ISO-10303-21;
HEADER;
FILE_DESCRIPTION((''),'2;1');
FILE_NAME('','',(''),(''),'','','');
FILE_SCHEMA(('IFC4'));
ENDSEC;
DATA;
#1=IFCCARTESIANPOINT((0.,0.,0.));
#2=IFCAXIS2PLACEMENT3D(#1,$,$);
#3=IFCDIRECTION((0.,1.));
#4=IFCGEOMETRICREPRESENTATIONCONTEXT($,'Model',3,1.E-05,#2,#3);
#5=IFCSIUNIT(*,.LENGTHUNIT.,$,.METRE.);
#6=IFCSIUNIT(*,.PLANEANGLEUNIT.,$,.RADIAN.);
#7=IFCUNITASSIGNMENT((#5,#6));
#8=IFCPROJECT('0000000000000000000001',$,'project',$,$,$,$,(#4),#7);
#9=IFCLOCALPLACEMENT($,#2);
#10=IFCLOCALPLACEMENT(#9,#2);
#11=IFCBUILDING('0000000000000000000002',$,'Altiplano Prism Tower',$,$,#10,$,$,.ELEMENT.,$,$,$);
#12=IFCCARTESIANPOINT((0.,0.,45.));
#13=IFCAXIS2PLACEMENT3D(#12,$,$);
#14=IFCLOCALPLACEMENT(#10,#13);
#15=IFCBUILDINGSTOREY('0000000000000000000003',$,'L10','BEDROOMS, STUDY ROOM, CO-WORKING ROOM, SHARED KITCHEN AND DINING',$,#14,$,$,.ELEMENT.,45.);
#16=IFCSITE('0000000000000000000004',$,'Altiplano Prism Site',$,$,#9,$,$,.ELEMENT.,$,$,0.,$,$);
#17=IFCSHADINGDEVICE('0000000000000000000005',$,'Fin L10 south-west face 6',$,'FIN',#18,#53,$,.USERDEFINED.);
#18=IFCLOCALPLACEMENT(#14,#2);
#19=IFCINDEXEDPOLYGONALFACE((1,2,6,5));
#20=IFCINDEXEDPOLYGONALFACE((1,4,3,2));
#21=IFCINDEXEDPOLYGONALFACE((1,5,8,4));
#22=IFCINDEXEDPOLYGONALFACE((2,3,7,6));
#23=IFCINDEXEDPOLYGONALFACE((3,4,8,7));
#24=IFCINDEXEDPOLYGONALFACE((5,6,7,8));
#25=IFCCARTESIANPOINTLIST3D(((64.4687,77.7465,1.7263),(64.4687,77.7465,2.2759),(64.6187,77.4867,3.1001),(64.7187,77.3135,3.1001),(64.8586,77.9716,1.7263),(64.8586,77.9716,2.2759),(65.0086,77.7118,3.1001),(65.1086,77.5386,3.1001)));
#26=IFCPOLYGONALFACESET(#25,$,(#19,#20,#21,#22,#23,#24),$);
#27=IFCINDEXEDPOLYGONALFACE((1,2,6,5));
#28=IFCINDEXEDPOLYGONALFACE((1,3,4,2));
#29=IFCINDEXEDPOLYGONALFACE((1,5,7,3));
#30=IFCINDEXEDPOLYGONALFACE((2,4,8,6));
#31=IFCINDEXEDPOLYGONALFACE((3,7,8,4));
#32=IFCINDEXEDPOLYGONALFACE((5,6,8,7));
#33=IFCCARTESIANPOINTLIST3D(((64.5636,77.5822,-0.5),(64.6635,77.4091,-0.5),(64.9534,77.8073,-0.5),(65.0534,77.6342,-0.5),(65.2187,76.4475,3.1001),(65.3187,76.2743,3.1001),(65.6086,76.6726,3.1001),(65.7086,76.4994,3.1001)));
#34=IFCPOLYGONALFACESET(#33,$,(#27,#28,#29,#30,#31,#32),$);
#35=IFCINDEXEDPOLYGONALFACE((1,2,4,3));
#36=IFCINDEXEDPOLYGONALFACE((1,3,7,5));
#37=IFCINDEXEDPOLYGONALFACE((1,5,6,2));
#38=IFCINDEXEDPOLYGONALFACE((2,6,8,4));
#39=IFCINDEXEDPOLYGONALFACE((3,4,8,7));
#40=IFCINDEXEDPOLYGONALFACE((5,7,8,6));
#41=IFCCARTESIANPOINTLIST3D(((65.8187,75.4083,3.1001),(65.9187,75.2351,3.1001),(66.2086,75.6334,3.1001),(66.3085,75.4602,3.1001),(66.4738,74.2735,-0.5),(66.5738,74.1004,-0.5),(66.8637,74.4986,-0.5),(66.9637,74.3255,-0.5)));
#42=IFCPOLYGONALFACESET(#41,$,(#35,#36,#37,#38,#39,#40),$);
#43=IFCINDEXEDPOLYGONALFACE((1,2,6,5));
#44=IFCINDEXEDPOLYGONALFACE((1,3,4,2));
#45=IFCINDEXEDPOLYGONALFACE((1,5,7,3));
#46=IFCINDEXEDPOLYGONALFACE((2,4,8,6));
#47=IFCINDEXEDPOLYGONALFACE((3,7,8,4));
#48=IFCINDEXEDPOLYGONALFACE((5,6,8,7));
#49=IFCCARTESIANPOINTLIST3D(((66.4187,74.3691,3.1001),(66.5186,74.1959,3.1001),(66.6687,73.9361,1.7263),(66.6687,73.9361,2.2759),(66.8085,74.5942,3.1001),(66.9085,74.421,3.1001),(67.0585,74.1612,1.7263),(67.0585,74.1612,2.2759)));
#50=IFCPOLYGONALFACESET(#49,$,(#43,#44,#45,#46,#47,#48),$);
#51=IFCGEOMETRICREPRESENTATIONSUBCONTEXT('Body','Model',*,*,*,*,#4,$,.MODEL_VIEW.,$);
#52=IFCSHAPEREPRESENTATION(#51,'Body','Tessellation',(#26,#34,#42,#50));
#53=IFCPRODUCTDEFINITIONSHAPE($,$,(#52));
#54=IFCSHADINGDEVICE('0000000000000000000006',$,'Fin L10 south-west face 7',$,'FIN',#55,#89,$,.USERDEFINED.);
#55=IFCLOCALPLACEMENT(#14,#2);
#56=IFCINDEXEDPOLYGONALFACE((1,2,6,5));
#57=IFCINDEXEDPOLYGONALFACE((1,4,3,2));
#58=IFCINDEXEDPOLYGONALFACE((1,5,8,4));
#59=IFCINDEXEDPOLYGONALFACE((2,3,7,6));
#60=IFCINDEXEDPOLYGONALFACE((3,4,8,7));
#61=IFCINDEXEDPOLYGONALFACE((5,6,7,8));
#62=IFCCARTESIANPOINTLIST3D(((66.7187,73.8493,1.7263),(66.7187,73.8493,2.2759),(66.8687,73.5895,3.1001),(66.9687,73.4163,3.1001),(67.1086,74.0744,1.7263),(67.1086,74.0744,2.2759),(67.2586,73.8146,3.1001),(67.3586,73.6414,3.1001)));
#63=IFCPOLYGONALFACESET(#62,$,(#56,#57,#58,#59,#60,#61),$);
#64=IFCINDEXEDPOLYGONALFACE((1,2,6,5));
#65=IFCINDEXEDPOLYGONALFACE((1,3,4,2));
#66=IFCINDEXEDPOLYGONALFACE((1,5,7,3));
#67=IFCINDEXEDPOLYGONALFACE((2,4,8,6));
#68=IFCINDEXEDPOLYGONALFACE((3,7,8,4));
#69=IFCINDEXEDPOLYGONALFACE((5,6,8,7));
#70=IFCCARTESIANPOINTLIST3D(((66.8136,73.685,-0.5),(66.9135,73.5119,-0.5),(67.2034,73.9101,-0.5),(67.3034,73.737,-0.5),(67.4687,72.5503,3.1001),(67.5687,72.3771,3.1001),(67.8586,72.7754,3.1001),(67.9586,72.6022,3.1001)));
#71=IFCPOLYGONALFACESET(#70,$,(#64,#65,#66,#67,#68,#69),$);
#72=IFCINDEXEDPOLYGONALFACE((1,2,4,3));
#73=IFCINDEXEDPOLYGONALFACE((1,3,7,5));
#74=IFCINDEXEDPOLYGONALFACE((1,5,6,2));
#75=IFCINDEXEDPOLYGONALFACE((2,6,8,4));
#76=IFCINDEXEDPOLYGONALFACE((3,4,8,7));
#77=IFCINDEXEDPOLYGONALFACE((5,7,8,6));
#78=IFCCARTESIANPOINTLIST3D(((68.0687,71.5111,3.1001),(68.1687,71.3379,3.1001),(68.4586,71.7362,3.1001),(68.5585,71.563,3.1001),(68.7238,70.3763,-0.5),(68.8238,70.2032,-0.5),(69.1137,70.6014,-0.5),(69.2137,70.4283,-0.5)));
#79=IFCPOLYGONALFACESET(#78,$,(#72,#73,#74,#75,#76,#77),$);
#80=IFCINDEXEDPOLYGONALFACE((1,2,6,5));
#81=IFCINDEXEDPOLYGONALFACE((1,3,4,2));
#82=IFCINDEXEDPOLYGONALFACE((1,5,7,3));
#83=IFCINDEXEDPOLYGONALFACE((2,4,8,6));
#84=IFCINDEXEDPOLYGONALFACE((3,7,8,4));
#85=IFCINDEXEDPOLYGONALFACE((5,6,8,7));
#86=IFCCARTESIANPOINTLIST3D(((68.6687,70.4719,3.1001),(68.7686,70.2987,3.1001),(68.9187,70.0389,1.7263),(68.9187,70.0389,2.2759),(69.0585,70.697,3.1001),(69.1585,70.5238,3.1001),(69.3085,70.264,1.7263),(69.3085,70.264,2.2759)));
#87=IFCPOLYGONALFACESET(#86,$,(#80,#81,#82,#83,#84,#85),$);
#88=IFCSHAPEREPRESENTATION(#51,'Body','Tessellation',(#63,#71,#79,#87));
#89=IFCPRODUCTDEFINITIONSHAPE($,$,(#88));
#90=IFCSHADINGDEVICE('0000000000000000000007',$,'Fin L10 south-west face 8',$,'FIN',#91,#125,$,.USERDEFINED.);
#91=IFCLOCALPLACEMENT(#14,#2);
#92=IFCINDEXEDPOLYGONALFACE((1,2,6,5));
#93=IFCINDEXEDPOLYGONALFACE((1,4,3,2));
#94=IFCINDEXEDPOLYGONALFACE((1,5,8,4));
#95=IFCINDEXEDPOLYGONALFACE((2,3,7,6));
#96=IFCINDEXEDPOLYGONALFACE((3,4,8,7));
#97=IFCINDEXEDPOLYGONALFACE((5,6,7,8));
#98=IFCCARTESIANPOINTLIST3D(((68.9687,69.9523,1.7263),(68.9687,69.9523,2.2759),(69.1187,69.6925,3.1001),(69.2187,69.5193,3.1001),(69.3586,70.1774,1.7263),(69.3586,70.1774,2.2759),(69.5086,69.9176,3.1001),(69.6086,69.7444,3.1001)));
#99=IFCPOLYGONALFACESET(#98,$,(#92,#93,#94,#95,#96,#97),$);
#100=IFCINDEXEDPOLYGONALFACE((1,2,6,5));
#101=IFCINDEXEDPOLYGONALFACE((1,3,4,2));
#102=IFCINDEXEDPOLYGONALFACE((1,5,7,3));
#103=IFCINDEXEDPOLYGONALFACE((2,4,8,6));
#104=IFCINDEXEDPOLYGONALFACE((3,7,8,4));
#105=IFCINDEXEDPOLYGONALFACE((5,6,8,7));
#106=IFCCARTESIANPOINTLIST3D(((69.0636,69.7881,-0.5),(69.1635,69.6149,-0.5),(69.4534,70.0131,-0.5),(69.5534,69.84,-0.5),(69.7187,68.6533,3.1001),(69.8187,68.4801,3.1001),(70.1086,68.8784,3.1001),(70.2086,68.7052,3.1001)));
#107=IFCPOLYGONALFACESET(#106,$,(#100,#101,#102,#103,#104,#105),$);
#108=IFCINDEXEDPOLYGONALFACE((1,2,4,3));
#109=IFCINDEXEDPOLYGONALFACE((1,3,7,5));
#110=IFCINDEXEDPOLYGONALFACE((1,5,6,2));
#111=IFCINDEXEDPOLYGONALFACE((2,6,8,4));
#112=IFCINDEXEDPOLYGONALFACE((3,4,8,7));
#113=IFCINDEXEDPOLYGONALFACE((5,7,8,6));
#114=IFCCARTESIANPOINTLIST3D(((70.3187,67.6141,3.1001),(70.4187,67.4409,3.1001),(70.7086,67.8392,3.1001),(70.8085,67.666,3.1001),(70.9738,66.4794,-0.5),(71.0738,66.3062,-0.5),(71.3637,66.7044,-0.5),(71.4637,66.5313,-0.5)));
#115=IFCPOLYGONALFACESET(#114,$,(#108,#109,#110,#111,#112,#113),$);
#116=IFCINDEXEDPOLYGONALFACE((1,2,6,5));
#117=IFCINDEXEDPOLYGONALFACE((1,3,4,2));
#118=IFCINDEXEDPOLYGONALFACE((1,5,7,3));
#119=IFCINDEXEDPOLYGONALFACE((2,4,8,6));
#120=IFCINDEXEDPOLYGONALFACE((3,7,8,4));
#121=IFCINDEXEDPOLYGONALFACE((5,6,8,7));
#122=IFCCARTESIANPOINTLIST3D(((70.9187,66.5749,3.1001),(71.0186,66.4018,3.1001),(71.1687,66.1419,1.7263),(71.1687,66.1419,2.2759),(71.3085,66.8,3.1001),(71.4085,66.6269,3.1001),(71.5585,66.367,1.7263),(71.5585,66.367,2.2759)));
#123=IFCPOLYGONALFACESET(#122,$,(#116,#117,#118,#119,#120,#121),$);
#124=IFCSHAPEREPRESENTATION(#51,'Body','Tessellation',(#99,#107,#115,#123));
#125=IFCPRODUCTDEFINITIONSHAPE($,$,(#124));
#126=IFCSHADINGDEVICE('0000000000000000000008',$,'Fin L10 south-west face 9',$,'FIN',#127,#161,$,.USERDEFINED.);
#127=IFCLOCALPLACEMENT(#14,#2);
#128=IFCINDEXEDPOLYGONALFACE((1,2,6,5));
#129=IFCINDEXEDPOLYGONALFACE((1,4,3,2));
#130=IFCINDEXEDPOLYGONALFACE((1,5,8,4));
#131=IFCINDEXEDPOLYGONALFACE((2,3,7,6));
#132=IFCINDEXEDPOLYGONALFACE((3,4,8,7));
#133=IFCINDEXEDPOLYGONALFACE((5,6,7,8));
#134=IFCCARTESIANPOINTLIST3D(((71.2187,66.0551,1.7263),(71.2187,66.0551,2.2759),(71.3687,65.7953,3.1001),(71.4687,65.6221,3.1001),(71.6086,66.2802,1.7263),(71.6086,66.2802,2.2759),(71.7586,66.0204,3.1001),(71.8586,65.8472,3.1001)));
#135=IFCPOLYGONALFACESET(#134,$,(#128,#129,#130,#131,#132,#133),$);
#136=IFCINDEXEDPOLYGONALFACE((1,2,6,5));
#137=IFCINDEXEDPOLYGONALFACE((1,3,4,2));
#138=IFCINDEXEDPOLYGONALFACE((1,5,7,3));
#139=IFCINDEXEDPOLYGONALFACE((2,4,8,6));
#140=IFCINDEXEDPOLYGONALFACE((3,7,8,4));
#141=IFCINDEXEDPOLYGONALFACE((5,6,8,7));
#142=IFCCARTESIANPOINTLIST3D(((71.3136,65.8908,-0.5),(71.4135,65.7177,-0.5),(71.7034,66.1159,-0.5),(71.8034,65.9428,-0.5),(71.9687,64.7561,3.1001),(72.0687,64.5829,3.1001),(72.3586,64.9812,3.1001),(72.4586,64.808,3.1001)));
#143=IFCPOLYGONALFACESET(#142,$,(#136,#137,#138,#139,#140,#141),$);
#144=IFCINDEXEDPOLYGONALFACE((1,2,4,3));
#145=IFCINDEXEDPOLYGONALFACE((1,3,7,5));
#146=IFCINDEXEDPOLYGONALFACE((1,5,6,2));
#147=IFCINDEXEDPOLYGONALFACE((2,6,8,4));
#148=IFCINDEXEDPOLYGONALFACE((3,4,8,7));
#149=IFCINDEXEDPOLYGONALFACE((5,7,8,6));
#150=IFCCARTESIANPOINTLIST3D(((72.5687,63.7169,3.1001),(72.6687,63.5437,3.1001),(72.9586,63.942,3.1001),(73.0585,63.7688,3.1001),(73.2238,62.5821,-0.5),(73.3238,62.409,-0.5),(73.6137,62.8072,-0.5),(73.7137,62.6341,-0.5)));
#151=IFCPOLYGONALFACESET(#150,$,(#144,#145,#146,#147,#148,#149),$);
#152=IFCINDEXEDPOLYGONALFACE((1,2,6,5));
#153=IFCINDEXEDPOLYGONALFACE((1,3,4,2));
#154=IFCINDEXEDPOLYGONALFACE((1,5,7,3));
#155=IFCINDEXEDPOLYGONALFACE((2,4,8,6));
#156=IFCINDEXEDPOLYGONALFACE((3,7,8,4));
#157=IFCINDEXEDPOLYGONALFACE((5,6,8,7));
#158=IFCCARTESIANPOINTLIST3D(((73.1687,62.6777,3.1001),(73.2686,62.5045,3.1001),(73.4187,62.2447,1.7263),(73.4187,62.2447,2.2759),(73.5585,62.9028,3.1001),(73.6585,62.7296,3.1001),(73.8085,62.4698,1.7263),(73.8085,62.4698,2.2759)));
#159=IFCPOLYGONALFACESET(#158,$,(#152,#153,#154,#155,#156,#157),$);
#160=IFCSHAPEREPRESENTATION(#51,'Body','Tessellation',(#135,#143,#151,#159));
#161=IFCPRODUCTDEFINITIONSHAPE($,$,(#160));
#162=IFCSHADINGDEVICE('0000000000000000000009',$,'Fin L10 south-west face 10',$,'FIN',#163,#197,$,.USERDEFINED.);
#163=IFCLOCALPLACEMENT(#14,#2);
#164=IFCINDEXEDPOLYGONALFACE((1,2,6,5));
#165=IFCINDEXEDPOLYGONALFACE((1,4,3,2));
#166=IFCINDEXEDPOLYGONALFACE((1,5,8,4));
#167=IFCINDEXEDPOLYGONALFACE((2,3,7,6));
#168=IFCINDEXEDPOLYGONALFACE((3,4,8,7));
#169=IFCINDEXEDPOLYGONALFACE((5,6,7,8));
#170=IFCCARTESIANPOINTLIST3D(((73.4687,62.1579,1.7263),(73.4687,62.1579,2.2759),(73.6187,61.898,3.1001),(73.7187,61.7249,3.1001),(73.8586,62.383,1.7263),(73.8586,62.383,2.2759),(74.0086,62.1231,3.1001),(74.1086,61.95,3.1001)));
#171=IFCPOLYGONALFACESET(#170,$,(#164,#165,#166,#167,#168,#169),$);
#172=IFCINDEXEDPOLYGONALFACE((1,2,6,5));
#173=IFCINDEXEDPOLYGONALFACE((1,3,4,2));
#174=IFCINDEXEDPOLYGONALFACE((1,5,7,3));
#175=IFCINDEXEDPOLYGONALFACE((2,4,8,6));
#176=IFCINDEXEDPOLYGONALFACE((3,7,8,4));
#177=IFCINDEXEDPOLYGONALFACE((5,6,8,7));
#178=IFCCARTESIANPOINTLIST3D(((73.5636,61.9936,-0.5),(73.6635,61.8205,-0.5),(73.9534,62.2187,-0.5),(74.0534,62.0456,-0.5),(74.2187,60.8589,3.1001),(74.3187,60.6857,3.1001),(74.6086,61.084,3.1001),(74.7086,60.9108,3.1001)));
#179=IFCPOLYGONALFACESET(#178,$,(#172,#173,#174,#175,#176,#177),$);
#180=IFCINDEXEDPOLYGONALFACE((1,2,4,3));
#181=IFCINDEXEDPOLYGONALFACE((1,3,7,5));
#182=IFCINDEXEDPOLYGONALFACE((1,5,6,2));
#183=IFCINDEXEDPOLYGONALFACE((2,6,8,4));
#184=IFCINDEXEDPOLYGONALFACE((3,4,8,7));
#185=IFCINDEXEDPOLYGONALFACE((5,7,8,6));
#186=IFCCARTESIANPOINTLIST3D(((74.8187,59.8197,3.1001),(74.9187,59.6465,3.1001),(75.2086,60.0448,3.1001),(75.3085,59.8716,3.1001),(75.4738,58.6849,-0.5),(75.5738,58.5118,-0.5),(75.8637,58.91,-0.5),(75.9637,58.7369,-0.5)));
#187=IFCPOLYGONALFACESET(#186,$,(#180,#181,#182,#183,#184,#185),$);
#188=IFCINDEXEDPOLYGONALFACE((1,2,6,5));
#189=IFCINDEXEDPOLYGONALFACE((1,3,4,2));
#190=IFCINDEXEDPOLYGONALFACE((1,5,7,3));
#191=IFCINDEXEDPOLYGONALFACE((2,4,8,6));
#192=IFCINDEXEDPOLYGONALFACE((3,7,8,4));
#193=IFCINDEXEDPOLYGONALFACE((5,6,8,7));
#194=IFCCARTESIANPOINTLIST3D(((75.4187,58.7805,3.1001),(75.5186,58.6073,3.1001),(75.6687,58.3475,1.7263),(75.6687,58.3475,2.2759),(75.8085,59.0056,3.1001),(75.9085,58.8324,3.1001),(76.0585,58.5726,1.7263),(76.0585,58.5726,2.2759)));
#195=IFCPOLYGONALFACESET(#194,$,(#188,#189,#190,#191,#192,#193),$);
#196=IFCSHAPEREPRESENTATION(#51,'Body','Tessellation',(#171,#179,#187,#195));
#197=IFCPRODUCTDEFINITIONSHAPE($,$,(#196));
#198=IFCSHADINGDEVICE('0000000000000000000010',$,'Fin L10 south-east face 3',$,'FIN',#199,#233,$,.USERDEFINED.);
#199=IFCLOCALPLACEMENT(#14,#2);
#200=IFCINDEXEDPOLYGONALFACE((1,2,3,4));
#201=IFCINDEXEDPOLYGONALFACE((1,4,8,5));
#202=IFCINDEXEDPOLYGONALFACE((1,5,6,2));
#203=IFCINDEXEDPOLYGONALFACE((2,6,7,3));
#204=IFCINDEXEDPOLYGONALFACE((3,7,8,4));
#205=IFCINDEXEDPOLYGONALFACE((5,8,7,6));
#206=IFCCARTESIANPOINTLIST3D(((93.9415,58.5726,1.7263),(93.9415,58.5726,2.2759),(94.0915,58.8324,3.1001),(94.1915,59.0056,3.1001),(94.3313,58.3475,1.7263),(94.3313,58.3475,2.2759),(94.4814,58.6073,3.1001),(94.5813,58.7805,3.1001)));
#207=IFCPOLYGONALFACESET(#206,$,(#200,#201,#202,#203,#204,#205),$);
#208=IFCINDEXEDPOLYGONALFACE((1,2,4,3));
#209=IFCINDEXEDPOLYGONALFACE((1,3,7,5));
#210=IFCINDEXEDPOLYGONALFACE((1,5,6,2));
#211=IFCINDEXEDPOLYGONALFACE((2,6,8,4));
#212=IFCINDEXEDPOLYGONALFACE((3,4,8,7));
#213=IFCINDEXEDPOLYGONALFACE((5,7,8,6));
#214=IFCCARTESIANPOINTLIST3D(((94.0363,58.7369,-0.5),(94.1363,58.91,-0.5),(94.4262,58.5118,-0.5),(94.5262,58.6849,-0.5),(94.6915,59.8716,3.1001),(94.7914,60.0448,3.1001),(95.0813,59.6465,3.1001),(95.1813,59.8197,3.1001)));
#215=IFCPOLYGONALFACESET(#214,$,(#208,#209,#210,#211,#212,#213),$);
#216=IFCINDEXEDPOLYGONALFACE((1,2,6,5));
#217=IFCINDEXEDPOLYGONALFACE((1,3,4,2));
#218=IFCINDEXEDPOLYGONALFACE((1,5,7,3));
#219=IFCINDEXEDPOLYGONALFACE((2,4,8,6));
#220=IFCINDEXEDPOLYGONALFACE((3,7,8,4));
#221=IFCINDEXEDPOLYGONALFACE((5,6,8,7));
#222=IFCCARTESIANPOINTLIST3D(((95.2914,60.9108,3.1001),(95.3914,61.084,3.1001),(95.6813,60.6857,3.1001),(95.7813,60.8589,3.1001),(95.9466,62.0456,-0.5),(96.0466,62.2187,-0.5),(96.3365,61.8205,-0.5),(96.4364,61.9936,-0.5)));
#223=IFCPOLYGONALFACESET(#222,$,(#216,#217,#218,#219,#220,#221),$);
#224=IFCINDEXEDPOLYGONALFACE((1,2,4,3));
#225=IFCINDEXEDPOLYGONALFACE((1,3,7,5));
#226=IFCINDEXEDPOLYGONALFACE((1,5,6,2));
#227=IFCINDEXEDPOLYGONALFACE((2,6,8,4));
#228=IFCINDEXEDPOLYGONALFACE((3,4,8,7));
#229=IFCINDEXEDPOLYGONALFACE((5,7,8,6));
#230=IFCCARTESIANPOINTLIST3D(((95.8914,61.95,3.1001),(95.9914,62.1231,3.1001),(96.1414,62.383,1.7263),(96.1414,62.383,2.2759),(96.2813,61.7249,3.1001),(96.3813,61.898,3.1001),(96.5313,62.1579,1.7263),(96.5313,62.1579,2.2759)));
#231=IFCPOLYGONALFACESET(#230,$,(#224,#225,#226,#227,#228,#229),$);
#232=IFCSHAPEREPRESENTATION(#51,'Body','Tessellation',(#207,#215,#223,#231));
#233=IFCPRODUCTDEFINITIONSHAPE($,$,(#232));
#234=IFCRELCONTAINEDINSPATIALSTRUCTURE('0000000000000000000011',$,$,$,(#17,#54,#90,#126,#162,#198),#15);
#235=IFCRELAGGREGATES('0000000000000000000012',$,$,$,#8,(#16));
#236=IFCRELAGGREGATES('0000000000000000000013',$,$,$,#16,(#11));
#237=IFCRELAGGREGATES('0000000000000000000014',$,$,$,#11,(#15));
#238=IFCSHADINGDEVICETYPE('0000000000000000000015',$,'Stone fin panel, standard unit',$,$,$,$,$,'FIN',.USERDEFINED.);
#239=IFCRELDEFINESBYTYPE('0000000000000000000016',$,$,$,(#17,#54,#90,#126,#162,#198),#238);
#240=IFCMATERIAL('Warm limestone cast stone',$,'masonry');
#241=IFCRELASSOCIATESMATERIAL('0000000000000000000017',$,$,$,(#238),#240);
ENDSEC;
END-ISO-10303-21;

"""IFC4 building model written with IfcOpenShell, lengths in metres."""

from ifc_helpers import new_model, si_unit, direction, frame, origin, place, context, subcontext, project, spatial, polyline, outline, extrude, source, transform, mapped, material, type_object, element, save


model = new_model("IFC4")

# Units and contexts
model_context = context("Model", 3, precision=1e-05, world=origin(), true_north=direction((0.0, 1.0)))
body_context = subcontext(model_context, "Body", "Model", "MODEL_VIEW")
ifc_project = project(units=[si_unit("LENGTHUNIT", "METRE"), si_unit("PLANEANGLEUNIT", "RADIAN")], contexts=[model_context])

# Site, building, storey
site_placement = place(None, origin())
site = spatial("IfcSite", under=ifc_project, at=site_placement, Name="Altiplano Prism Site", CompositionType="ELEMENT", RefElevation=0.0)
building_placement = place(site_placement, origin())
building = spatial("IfcBuilding", under=site, at=building_placement, Name="Altiplano Prism Tower", CompositionType="ELEMENT")
storey_placement = place(building_placement, frame((0.0, 0.0, 45.0)))
storey = spatial("IfcBuildingStorey", under=building, at=storey_placement, Name="L10", Description="BEDROOMS, STUDY ROOM, CO-WORKING ROOM, SHARED KITCHEN AND DINING", CompositionType="ELEMENT", Elevation=45.0)

# Shading devices
ifc_material_1 = material(Name="Warm limestone cast stone", Category="masonry")
shading_device_type_1 = type_object("IfcShadingDeviceType", Name="Stone fin panel, standard unit", ElementType="FIN", PredefinedType="USERDEFINED", material=ifc_material_1)
shared_shape_1 = source(origin(), body_context, "Body", "SweptSolid", [
    extrude(outline(polyline([(-2.2, 2.2263), (-1.7, 3.6001), (-1.8999, 3.6001), (-2.2, 2.7759), (-2.2, 2.2263)])), frame((0.0, -0.1499, 0.0), z_axis=(0.0, -1.0, 0.0), x_axis=(1.0, 0.0, 0.0)), (0.0, 0.0, 1.0), 0.4502),
    extrude(outline(polyline([(-2.0103, 0.0), (-1.8103, 0.0), (-0.5, 3.6001), (-0.7, 3.6001), (-2.0103, 0.0)])), frame((0.0, -0.1499, 0.0), z_axis=(0.0, -1.0, 0.0), x_axis=(1.0, 0.0, 0.0)), (0.0, 0.0, 1.0), 0.4502),
    extrude(outline(polyline([(1.8103, 0.0), (2.0103, 0.0), (0.7, 3.6001), (0.5, 3.6001), (1.8103, 0.0)])), frame((0.0, -0.1499, 0.0), z_axis=(0.0, -1.0, 0.0), x_axis=(1.0, 0.0, 0.0)), (0.0, 0.0, 1.0), 0.4502),
    extrude(outline(polyline([(2.2, 2.7759), (1.8999, 3.6001), (1.7, 3.6001), (2.2, 2.2263), (2.2, 2.7759)])), frame((0.0, -0.1499, 0.0), z_axis=(0.0, -1.0, 0.0), x_axis=(1.0, 0.0, 0.0)), (0.0, 0.0, 1.0), 0.4502),
])
shading_device_1_placement = place(storey_placement, origin())
element("IfcShadingDevice", 1, at=shading_device_1_placement, inside=storey, type_object=shading_device_type_1, Name="Fin L10 south-west face 6", ObjectType="FIN", PredefinedType="USERDEFINED", context=body_context, shape_type="MappedRepresentation", body=[
    mapped(shared_shape_1, transform((66.0884, 76.1414, -0.5), x_axis=(0.5, -0.866025, 0.0), y_axis=(0.866025, 0.5, 0.0), z_axis=(0.0, 0.0, 1.0))),
])
shading_device_2_placement = place(storey_placement, origin())
element("IfcShadingDevice", 2, at=shading_device_2_placement, inside=storey, type_object=shading_device_type_1, Name="Fin L10 south-west face 7", ObjectType="FIN", PredefinedType="USERDEFINED", context=body_context, shape_type="MappedRepresentation", body=[
    mapped(shared_shape_1, transform((68.3384, 72.2441, -0.5), x_axis=(0.5, -0.866025, 0.0), y_axis=(0.866025, 0.5, 0.0), z_axis=(0.0, 0.0, 1.0))),
])
shading_device_3_placement = place(storey_placement, origin())
element("IfcShadingDevice", 3, at=shading_device_3_placement, inside=storey, type_object=shading_device_type_1, Name="Fin L10 south-west face 8", ObjectType="FIN", PredefinedType="USERDEFINED", context=body_context, shape_type="MappedRepresentation", body=[
    mapped(shared_shape_1, transform((70.5884, 68.3472, -0.5), x_axis=(0.5, -0.866025, 0.0), y_axis=(0.866025, 0.5, 0.0), z_axis=(0.0, 0.0, 1.0))),
])
shading_device_4_placement = place(storey_placement, origin())
element("IfcShadingDevice", 4, at=shading_device_4_placement, inside=storey, type_object=shading_device_type_1, Name="Fin L10 south-west face 9", ObjectType="FIN", PredefinedType="USERDEFINED", context=body_context, shape_type="MappedRepresentation", body=[
    mapped(shared_shape_1, transform((72.8384, 64.45, -0.5), x_axis=(0.5, -0.866025, 0.0), y_axis=(0.866025, 0.5, 0.0), z_axis=(0.0, 0.0, 1.0))),
])
shading_device_5_placement = place(storey_placement, origin())
element("IfcShadingDevice", 5, at=shading_device_5_placement, inside=storey, type_object=shading_device_type_1, Name="Fin L10 south-west face 10", ObjectType="FIN", PredefinedType="USERDEFINED", context=body_context, shape_type="MappedRepresentation", body=[
    mapped(shared_shape_1, transform((75.0884, 60.5527, -0.5), x_axis=(0.5, -0.866025, 0.0), y_axis=(0.866025, 0.5, 0.0), z_axis=(0.0, 0.0, 1.0))),
])
shading_device_6_placement = place(storey_placement, origin())
element("IfcShadingDevice", 6, at=shading_device_6_placement, inside=storey, type_object=shading_device_type_1, Name="Fin L10 south-east face 3", ObjectType="FIN", PredefinedType="USERDEFINED", context=body_context, shape_type="MappedRepresentation", body=[
    mapped(shared_shape_1, transform((94.9116, 60.5527, -0.5), x_axis=(0.5, 0.866025, 0.0), y_axis=(-0.866025, 0.5, 0.0), z_axis=(0.0, 0.0, 1.0))),
])

save(model, "model.ifc")
